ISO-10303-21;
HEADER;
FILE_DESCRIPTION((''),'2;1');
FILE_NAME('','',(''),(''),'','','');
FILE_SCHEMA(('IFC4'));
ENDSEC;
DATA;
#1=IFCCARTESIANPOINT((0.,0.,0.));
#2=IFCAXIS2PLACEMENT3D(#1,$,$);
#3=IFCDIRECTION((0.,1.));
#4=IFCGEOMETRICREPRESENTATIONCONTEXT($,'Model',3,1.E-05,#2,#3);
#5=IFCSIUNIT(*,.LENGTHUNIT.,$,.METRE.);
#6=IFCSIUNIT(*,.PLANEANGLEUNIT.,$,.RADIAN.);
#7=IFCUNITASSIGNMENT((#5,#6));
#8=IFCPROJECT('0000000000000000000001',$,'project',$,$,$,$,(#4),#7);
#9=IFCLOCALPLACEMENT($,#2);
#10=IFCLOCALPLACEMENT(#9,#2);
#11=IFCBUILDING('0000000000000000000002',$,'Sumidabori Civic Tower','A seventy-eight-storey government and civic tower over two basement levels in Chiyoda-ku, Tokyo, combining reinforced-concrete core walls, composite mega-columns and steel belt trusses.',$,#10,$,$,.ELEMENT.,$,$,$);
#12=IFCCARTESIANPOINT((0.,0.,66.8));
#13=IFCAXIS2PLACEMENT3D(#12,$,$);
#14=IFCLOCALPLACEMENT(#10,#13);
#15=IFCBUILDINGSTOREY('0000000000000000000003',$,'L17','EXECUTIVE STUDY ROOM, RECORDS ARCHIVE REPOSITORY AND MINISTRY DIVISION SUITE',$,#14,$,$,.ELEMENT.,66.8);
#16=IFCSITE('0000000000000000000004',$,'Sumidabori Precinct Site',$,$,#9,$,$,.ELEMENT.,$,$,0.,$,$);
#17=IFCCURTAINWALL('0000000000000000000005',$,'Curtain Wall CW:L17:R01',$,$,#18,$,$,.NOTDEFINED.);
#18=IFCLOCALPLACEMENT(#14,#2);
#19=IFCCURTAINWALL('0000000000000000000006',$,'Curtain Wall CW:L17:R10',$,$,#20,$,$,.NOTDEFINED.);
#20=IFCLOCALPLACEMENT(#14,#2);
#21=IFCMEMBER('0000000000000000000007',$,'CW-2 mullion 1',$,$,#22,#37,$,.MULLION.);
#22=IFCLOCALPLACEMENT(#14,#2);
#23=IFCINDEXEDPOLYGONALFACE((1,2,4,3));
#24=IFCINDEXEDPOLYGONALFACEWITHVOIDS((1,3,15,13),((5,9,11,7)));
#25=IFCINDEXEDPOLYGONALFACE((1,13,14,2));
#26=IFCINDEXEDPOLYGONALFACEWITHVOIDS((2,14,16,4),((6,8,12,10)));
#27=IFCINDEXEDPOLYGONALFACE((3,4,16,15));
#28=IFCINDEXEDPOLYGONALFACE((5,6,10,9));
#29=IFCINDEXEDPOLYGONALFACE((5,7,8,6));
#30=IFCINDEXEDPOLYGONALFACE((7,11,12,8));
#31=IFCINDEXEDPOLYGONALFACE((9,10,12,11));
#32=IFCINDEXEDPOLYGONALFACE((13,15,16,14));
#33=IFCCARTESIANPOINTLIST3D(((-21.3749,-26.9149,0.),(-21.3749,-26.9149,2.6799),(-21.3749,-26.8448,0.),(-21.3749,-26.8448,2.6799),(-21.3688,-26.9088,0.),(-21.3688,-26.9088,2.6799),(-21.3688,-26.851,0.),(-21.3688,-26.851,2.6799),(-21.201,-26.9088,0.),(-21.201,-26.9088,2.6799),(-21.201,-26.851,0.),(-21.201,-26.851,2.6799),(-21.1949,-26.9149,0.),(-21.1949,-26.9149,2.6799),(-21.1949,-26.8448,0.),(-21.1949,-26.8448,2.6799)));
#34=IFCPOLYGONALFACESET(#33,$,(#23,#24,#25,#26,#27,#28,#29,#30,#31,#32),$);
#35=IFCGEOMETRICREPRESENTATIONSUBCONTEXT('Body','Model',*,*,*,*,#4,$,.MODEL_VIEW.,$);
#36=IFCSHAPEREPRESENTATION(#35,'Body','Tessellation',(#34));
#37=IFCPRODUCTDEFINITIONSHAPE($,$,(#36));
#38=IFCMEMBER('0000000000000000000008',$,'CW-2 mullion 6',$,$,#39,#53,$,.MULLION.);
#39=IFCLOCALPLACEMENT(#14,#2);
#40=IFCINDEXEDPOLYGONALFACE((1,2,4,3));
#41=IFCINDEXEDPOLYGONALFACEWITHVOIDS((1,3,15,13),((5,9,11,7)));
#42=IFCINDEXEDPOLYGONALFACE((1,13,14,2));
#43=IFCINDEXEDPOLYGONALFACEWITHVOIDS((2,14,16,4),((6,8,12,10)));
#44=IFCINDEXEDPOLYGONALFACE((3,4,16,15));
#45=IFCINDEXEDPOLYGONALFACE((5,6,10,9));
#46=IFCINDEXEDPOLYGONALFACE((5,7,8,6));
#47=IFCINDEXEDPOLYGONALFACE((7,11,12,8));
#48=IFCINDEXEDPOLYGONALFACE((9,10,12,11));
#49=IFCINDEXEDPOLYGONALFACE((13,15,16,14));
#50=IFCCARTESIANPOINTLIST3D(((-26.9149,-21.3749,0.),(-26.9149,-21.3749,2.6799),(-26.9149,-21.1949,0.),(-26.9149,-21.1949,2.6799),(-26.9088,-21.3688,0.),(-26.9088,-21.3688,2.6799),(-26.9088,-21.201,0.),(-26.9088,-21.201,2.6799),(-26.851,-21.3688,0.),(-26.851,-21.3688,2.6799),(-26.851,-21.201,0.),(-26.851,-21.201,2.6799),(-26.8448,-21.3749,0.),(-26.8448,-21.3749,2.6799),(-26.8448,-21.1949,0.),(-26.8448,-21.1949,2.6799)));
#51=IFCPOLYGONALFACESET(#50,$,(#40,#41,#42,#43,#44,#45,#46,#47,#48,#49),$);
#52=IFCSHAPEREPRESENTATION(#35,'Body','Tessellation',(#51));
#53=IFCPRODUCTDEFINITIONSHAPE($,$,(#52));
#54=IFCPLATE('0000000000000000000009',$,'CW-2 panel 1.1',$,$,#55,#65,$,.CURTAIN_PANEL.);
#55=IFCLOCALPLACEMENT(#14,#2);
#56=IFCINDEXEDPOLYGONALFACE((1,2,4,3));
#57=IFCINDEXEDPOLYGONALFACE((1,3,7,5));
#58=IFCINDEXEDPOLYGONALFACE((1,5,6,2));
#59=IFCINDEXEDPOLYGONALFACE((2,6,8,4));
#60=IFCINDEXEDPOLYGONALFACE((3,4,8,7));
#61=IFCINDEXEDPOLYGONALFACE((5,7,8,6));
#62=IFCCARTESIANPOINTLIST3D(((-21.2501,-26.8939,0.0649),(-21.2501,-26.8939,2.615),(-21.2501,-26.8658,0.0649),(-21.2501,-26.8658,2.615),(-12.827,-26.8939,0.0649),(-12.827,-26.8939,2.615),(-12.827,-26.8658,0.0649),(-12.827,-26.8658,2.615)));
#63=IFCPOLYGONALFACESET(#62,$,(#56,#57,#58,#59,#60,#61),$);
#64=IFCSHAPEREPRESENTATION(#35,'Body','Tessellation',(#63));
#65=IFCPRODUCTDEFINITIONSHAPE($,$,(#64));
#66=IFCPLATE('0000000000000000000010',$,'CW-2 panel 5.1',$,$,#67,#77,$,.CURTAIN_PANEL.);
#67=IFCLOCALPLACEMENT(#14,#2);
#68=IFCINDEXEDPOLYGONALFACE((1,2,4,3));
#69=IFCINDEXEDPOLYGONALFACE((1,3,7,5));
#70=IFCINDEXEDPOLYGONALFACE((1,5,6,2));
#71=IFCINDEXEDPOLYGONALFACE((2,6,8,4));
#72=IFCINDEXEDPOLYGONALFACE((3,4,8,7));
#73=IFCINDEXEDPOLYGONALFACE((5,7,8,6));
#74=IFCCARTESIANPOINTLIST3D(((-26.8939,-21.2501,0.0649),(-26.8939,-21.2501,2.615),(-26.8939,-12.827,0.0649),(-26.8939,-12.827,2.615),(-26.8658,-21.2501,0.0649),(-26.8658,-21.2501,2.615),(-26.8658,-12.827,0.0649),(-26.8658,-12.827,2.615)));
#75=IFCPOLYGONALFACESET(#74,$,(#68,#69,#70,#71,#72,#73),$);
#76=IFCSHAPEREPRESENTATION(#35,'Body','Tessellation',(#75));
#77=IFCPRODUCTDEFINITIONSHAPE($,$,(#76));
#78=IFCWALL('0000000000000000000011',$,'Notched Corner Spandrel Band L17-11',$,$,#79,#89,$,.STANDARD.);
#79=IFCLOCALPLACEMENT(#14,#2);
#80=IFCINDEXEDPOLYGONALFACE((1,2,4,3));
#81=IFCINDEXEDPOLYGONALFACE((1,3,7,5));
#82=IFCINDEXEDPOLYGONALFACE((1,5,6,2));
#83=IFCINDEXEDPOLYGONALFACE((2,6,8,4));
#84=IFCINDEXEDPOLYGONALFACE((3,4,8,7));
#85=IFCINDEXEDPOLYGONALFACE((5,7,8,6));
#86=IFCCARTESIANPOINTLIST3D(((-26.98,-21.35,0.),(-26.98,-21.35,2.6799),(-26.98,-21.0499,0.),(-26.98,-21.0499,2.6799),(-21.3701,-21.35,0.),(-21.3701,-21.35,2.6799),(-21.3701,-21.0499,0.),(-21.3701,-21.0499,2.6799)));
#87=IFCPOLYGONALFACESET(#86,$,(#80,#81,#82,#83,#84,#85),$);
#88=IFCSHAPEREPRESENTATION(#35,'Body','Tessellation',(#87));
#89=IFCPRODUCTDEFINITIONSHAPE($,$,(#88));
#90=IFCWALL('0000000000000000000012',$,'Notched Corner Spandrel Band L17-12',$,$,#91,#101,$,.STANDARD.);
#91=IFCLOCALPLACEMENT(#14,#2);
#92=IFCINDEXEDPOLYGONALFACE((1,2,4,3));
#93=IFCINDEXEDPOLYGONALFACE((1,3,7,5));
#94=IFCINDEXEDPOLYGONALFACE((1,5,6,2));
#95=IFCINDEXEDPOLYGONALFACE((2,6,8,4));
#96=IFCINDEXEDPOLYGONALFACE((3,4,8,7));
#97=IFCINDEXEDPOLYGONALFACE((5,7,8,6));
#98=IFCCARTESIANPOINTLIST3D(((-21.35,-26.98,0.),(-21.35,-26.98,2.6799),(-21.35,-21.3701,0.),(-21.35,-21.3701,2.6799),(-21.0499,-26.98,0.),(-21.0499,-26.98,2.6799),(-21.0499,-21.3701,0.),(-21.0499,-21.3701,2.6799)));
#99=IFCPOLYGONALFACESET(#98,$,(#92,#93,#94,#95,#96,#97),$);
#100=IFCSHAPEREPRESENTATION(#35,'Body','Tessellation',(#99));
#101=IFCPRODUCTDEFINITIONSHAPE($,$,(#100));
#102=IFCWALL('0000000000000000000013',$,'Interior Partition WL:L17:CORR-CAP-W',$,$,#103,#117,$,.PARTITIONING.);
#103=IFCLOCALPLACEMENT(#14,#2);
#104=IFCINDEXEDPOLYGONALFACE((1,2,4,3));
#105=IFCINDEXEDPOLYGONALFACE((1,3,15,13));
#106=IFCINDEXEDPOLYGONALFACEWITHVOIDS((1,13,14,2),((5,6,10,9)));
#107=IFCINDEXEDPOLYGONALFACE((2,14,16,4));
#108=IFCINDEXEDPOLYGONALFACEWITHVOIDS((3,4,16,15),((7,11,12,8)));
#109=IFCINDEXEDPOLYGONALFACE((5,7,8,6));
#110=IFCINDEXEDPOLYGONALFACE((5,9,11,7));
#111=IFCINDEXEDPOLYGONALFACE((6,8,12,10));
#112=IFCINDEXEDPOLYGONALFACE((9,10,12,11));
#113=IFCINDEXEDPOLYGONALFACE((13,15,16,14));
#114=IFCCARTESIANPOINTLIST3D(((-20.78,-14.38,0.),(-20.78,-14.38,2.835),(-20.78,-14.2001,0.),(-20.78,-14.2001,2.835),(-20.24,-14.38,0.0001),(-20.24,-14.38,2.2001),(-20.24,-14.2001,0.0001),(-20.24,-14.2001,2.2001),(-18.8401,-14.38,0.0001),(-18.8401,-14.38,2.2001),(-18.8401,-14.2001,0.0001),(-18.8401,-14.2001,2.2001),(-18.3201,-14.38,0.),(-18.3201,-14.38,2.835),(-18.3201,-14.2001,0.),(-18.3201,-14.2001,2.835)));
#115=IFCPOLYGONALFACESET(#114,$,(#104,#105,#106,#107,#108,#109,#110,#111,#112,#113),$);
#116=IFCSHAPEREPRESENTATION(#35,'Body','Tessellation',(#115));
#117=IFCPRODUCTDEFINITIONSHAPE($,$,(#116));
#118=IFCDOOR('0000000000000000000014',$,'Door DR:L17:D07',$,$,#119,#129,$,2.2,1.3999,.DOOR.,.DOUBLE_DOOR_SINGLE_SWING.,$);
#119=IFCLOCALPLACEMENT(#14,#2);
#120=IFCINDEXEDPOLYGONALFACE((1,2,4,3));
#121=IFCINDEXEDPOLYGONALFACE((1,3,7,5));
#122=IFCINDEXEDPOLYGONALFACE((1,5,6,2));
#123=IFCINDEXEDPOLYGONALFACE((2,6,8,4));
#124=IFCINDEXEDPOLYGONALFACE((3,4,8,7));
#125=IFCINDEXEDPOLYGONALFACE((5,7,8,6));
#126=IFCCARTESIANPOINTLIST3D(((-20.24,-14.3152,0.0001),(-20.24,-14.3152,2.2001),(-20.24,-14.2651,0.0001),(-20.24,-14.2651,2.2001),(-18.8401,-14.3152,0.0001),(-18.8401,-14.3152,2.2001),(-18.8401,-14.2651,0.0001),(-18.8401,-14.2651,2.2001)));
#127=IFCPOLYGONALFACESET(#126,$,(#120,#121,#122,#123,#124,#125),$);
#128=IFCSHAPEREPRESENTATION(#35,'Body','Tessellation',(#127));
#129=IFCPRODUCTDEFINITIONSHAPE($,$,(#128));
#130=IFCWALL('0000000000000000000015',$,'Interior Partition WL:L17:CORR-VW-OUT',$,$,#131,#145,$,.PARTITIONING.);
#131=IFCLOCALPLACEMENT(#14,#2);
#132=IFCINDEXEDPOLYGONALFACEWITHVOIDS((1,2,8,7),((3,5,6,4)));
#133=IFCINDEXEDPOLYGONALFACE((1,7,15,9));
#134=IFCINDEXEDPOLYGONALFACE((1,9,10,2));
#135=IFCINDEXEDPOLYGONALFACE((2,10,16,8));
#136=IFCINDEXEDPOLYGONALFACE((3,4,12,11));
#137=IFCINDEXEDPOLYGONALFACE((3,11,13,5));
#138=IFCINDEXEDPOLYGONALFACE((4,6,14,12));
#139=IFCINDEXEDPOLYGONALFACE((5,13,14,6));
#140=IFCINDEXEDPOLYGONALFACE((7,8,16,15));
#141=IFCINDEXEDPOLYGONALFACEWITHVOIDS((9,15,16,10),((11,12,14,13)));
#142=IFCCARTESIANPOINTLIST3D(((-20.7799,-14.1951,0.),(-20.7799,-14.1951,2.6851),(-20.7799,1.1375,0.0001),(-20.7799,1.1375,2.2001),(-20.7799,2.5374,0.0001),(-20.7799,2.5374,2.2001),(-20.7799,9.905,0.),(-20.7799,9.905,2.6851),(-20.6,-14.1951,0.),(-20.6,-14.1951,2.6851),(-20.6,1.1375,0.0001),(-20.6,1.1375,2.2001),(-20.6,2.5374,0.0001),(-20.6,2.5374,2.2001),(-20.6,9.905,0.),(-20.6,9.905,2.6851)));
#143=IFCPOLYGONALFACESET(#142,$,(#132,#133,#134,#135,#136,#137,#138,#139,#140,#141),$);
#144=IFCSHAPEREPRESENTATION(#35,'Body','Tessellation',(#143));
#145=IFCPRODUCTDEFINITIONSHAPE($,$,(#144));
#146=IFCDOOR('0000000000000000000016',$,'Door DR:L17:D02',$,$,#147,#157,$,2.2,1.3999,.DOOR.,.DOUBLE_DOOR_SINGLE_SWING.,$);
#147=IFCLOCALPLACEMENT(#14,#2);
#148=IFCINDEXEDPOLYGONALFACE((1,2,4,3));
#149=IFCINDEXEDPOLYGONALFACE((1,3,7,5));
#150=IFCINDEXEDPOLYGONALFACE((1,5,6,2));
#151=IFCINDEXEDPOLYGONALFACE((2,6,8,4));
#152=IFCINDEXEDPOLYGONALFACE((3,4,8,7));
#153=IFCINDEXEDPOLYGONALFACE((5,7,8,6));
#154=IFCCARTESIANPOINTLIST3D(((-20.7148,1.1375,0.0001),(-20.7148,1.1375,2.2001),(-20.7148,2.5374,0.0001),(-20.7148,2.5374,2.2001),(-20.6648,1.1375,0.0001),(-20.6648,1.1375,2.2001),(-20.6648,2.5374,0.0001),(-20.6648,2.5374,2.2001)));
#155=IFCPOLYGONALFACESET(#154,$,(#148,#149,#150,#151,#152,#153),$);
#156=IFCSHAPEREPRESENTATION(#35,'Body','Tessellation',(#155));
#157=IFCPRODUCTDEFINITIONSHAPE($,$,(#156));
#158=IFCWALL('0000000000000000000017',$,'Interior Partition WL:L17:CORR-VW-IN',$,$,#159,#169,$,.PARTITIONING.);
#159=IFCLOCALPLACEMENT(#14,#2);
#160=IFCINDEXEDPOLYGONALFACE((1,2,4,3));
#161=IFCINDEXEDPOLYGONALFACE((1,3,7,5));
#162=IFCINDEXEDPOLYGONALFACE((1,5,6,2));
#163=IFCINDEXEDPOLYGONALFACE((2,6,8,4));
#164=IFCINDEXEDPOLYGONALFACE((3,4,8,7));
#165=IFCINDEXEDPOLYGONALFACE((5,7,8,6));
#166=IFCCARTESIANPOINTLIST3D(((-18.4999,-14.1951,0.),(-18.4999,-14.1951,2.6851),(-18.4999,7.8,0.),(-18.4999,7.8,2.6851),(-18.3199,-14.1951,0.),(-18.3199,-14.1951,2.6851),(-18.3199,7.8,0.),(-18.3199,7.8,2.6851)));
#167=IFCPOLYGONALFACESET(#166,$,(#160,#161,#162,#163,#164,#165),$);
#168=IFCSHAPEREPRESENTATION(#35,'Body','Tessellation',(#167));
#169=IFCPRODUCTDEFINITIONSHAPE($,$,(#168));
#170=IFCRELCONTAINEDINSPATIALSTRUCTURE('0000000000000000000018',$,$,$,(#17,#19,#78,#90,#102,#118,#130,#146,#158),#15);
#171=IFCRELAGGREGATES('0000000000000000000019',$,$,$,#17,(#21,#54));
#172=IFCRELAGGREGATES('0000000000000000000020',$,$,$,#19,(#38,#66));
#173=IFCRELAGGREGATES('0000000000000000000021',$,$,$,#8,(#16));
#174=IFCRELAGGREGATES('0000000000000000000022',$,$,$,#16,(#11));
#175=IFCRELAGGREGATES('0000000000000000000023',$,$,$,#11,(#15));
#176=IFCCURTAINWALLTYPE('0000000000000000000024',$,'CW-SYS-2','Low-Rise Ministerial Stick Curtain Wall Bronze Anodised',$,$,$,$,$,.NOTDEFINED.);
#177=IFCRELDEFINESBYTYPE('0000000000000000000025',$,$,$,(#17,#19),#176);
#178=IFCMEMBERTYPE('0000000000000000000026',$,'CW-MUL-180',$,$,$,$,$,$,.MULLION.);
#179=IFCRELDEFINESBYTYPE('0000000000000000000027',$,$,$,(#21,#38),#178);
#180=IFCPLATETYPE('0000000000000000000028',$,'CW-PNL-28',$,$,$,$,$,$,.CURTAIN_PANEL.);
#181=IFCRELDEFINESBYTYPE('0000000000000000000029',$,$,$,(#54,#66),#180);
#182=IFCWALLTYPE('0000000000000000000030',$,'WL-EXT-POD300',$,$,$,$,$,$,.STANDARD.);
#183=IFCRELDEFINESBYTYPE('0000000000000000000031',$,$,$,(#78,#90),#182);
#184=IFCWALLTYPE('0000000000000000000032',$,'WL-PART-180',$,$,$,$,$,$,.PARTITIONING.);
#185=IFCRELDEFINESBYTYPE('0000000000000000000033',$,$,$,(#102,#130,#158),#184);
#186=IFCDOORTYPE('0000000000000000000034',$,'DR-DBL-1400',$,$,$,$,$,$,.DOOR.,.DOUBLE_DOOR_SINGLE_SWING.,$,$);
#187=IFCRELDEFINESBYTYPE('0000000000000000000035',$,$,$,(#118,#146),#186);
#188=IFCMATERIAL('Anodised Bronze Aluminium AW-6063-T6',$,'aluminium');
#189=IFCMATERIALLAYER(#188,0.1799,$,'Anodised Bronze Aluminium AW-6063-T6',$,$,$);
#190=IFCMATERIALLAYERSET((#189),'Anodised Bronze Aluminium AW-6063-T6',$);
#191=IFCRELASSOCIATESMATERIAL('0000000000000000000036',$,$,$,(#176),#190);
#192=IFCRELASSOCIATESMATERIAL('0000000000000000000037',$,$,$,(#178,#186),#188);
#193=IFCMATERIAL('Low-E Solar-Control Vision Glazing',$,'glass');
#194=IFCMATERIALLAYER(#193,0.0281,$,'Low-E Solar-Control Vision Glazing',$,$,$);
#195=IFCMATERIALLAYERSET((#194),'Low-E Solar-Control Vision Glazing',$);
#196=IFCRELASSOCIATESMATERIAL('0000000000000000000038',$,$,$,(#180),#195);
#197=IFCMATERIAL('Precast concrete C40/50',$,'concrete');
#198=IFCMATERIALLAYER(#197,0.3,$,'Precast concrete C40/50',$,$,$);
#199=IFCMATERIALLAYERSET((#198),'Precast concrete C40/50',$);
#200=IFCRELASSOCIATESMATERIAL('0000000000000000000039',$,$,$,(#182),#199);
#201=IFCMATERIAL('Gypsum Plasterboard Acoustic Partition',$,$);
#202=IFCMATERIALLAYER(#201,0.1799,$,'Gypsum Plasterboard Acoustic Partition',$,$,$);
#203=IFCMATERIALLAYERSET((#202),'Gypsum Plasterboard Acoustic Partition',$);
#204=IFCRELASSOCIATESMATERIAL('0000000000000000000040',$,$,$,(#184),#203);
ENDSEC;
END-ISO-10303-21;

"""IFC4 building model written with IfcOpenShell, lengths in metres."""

from ifc_helpers import new_model, si_unit, direction, frame, frame_2d, origin, origin_2d, place, context, subcontext, project, spatial, rectangle, hollow_rectangle, extrude, source, transform, mapped, material, layer, layer_set, material_profile, profile_set, type_object, element, fill, aggregate, save


model = new_model("IFC4")

# Units and contexts
model_context = context("Model", 3, precision=1e-05, world=origin(), true_north=direction((0.0, 1.0)))
body_context = subcontext(model_context, "Body", "Model", "MODEL_VIEW")
ifc_project = project(units=[si_unit("LENGTHUNIT", "METRE"), si_unit("PLANEANGLEUNIT", "RADIAN")], contexts=[model_context])

# Site, building, storey
site_placement = place(None, origin())
site = spatial("IfcSite", under=ifc_project, at=site_placement, Name="Sumidabori Precinct Site", CompositionType="ELEMENT", RefElevation=0.0)
building_placement = place(site_placement, origin())
building = spatial("IfcBuilding", under=site, at=building_placement, Name="Sumidabori Civic Tower", Description="A seventy-eight-storey government and civic tower over two basement levels in Chiyoda-ku, Tokyo, combining reinforced-concrete core walls, composite mega-columns and steel belt trusses.", CompositionType="ELEMENT")
storey_placement = place(building_placement, frame((0.0, 0.0, 66.8)))
storey = spatial("IfcBuildingStorey", under=building, at=storey_placement, Name="L17", Description="EXECUTIVE STUDY ROOM, RECORDS ARCHIVE REPOSITORY AND MINISTRY DIVISION SUITE", CompositionType="ELEMENT", Elevation=66.8)

# Curtain walls
ifc_material_1 = material(Name="Anodised Bronze Aluminium AW-6063-T6", Category="aluminium")
ifc_layer_1 = layer(ifc_material_1, 0.1799, Name="Anodised Bronze Aluminium AW-6063-T6")
ifc_layer_set_1 = layer_set([ifc_layer_1], Name="Anodised Bronze Aluminium AW-6063-T6")
curtain_wall_type = type_object("IfcCurtainWallType", Name="CW-SYS-2", Description="Low-Rise Ministerial Stick Curtain Wall Bronze Anodised", PredefinedType="NOTDEFINED", material=ifc_layer_set_1)
curtain_wall_1_placement = place(storey_placement, origin())
curtain_wall_1 = element("IfcCurtainWall", 1, at=curtain_wall_1_placement, inside=storey, type_object=curtain_wall_type, Name="Curtain Wall CW:L17:R01", PredefinedType="NOTDEFINED")
curtain_wall_2_placement = place(storey_placement, origin())
curtain_wall_2 = element("IfcCurtainWall", 2, at=curtain_wall_2_placement, inside=storey, type_object=curtain_wall_type, Name="Curtain Wall CW:L17:R10", PredefinedType="NOTDEFINED")

# Members
ifc_material_profile_1 = material_profile(ifc_material_1, hollow_rectangle(XDim=0.0701, YDim=0.1799, WallThickness=0.0061, at=origin_2d()), Name="ALU MULLION 180x70")
ifc_profile_set_1 = profile_set([ifc_material_profile_1], Name="Anodised Bronze Aluminium AW-6063-T6")
member_type_1 = type_object("IfcMemberType", Name="CW-MUL-180", PredefinedType="MULLION", material=ifc_profile_set_1)
shared_shape_1 = source(origin(), body_context, "Body", "SweptSolid", [
    extrude(hollow_rectangle(XDim=0.0701, YDim=0.1799, WallThickness=0.0061, at=origin_2d()), origin(), (0.0, 0.0, 1.0), 2.6799),
])
member_1_placement = place(storey_placement, frame((-21.2849, -26.8799, 0.0), z_axis=(0.0, 0.0, 1.0), x_axis=(0.0, 1.0, 0.0)))
member_1 = element("IfcMember", 3, at=member_1_placement, type_object=member_type_1, Name="CW-2 mullion 1", PredefinedType="MULLION", context=body_context, shape_type="MappedRepresentation", body=[
    mapped(shared_shape_1, transform((0.0, 0.0, 0.0), x_axis=(1.0, 0.0, 0.0), y_axis=(0.0, 1.0, 0.0), z_axis=(0.0, 0.0, 1.0), scale=1.0)),
])
member_2_placement = place(storey_placement, frame((-26.8799, -21.2849, 0.0), z_axis=(0.0, 0.0, 1.0), x_axis=(1.0, 0.0, 0.0)))
member_2 = element("IfcMember", 4, at=member_2_placement, type_object=member_type_1, Name="CW-2 mullion 6", PredefinedType="MULLION", context=body_context, shape_type="MappedRepresentation", body=[
    mapped(shared_shape_1, transform((0.0, 0.0, 0.0), x_axis=(1.0, 0.0, 0.0), y_axis=(0.0, 1.0, 0.0), z_axis=(0.0, 0.0, 1.0), scale=1.0)),
])

# Plates
ifc_material_2 = material(Name="Low-E Solar-Control Vision Glazing", Category="glass")
ifc_layer_2 = layer(ifc_material_2, 0.0281, Name="Low-E Solar-Control Vision Glazing")
ifc_layer_set_2 = layer_set([ifc_layer_2], Name="Low-E Solar-Control Vision Glazing")
plate_type = type_object("IfcPlateType", Name="CW-PNL-28", PredefinedType="CURTAIN_PANEL", material=ifc_layer_set_2)
shared_shape_2 = source(origin(), body_context, "Body", "SweptSolid", [
    extrude(rectangle(XDim=8.4231, YDim=0.0281, at=origin_2d()), origin(), (0.0, 0.0, 1.0), 2.55),
])
plate_1_placement = place(storey_placement, frame((-17.0386, -26.8799, 0.0649), z_axis=(0.0, 0.0, 1.0), x_axis=(1.0, 0.0, 0.0)))
plate_1 = element("IfcPlate", 5, at=plate_1_placement, type_object=plate_type, Name="CW-2 panel 1.1", PredefinedType="CURTAIN_PANEL", context=body_context, shape_type="MappedRepresentation", body=[
    mapped(shared_shape_2, transform((0.0, 0.0, 0.0), x_axis=(1.0, 0.0, 0.0), y_axis=(0.0, 1.0, 0.0), z_axis=(0.0, 0.0, 1.0), scale=1.0)),
])
aggregate(curtain_wall_1, [member_1, plate_1])
plate_2_placement = place(storey_placement, frame((-26.8799, -17.0386, 0.0649), z_axis=(0.0, 0.0, 1.0), x_axis=(0.0, -1.0, 0.0)))
plate_2 = element("IfcPlate", 6, at=plate_2_placement, type_object=plate_type, Name="CW-2 panel 5.1", PredefinedType="CURTAIN_PANEL", context=body_context, shape_type="MappedRepresentation", body=[
    mapped(shared_shape_2, transform((0.0, 0.0, 0.0), x_axis=(1.0, 0.0, 0.0), y_axis=(0.0, 1.0, 0.0), z_axis=(0.0, 0.0, 1.0), scale=1.0)),
])
aggregate(curtain_wall_2, [member_2, plate_2])

# Walls
ifc_material_3 = material(Name="Precast concrete C40/50", Category="concrete")
ifc_layer_3 = layer(ifc_material_3, 0.3, Name="Precast concrete C40/50")
ifc_layer_set_3 = layer_set([ifc_layer_3], Name="Precast concrete C40/50")
wall_type_1 = type_object("IfcWallType", Name="WL-EXT-POD300", PredefinedType="STANDARD", material=ifc_layer_set_3)
shared_shape_3 = source(origin(), body_context, "Body", "SweptSolid", [
    extrude(rectangle(XDim=5.6099, YDim=0.3, at=frame_2d((2.8049, 0.0))), origin(), (0.0, 0.0, 1.0), 2.6799),
])
for number, where, z_axis, x_axis, name in (
    (7, (-26.98, -21.2, 0.0), (0.0, 0.0, 1.0), (1.0, 0.0, 0.0), "Notched Corner Spandrel Band L17-11"),
    (8, (-21.2, -21.3701, 0.0), (0.0, 0.0, 1.0), (0.0, -1.0, 0.0), "Notched Corner Spandrel Band L17-12"),
):
    element("IfcWall", number, at=place(storey_placement, frame(where, z_axis=z_axis, x_axis=x_axis)), inside=storey, type_object=wall_type_1, Name=name, PredefinedType="STANDARD", context=body_context, shape_type="MappedRepresentation", body=[
        mapped(shared_shape_3, transform((0.0, 0.0, 0.0), x_axis=(1.0, 0.0, 0.0), y_axis=(0.0, 1.0, 0.0), z_axis=(0.0, 0.0, 1.0), scale=1.0)),
    ])

# Walls, openings, doors
ifc_material_4 = material(Name="Gypsum Plasterboard Acoustic Partition")
ifc_layer_4 = layer(ifc_material_4, 0.1799, Name="Gypsum Plasterboard Acoustic Partition")
ifc_layer_set_4 = layer_set([ifc_layer_4], Name="Gypsum Plasterboard Acoustic Partition")
wall_type_2 = type_object("IfcWallType", Name="WL-PART-180", PredefinedType="PARTITIONING", material=ifc_layer_set_4)
shared_shape_4 = source(origin(), body_context, "Body", "SweptSolid", [
    extrude(rectangle(XDim=2.46, YDim=0.1799, at=frame_2d((1.23, 0.0))), origin(), (0.0, 0.0, 1.0), 2.835),
])
wall_1_placement = place(storey_placement, frame((-20.78, -14.29, 0.0), z_axis=(0.0, 0.0, 1.0), x_axis=(1.0, 0.0, 0.0)))
wall_1 = element("IfcWall", 9, at=wall_1_placement, inside=storey, type_object=wall_type_2, Name="Interior Partition WL:L17:CORR-CAP-W", PredefinedType="PARTITIONING", context=body_context, shape_type="MappedRepresentation", body=[
    mapped(shared_shape_4, transform((0.0, 0.0, 0.0), x_axis=(1.0, 0.0, 0.0), y_axis=(0.0, 1.0, 0.0), z_axis=(0.0, 0.0, 1.0), scale=1.0)),
])
opening_1_placement = place(wall_1_placement, frame((0.54, 0.0, 0.0)))
opening_1 = element("IfcOpeningElement", 10, at=opening_1_placement, cuts=wall_1, PredefinedType="OPENING", context=body_context, shape_type="SweptSolid", body=[
    extrude(rectangle(XDim=1.3999, YDim=2.2, at=frame_2d((0.7, 1.1001))), frame((0.0, 0.1021, 0.0), z_axis=(0.0, -1.0, 0.0), x_axis=(1.0, 0.0, 0.0)), (0.0, 0.0, 1.0), 0.2039),
])
door_type = type_object("IfcDoorType", Name="DR-DBL-1400", OperationType="DOUBLE_DOOR_SINGLE_SWING", PredefinedType="DOOR", material=ifc_material_1)
shared_shape_5 = source(origin(), body_context, "Body", "SweptSolid", [
    extrude(rectangle(XDim=1.3999, YDim=2.2, at=frame_2d((0.7, 1.1001))), frame((0.0, 0.0249, 0.0), z_axis=(0.0, -1.0, 0.0), x_axis=(1.0, 0.0, 0.0)), (0.0, 0.0, 1.0), 0.05),
])
door_1_placement = place(opening_1_placement, origin())
door_1 = element("IfcDoor", 11, at=door_1_placement, inside=storey, type_object=door_type, Name="Door DR:L17:D07", OperationType="DOUBLE_DOOR_SINGLE_SWING", OverallHeight=2.2, OverallWidth=1.3999, PredefinedType="DOOR", context=body_context, shape_type="MappedRepresentation", body=[
    mapped(shared_shape_5, transform((0.0, 0.0, 0.0), x_axis=(1.0, 0.0, 0.0), y_axis=(0.0, 1.0, 0.0), z_axis=(0.0, 0.0, 1.0), scale=1.0)),
])
fill(opening_1, door_1)
shared_shape_6 = source(origin(), body_context, "Body", "SweptSolid", [
    extrude(rectangle(XDim=24.1001, YDim=0.1799, at=frame_2d((12.05, 0.0))), origin(), (0.0, 0.0, 1.0), 2.6851),
])
wall_2_placement = place(storey_placement, frame((-20.6899, -14.1951, 0.0), z_axis=(0.0, 0.0, 1.0), x_axis=(0.0, 1.0, 0.0)))
wall_2 = element("IfcWall", 12, at=wall_2_placement, inside=storey, type_object=wall_type_2, Name="Interior Partition WL:L17:CORR-VW-OUT", PredefinedType="PARTITIONING", context=body_context, shape_type="MappedRepresentation", body=[
    mapped(shared_shape_6, transform((0.0, 0.0, 0.0), x_axis=(1.0, 0.0, 0.0), y_axis=(0.0, 1.0, 0.0), z_axis=(0.0, 0.0, 1.0), scale=1.0)),
])
opening_2_placement = place(wall_2_placement, frame((15.3325, 0.0, 0.0)))
opening_2 = element("IfcOpeningElement", 13, at=opening_2_placement, cuts=wall_2, PredefinedType="OPENING", context=body_context, shape_type="SweptSolid", body=[
    extrude(rectangle(XDim=1.3999, YDim=2.2, at=frame_2d((0.7, 1.1001))), frame((0.0, 0.1021, 0.0), z_axis=(0.0, -1.0, 0.0), x_axis=(1.0, 0.0, 0.0)), (0.0, 0.0, 1.0), 0.2039),
])
door_2_placement = place(opening_2_placement, origin())
door_2 = element("IfcDoor", 14, at=door_2_placement, inside=storey, type_object=door_type, Name="Door DR:L17:D02", OperationType="DOUBLE_DOOR_SINGLE_SWING", OverallHeight=2.2, OverallWidth=1.3999, PredefinedType="DOOR", context=body_context, shape_type="MappedRepresentation", body=[
    mapped(shared_shape_5, transform((0.0, 0.0, 0.0), x_axis=(1.0, 0.0, 0.0), y_axis=(0.0, 1.0, 0.0), z_axis=(0.0, 0.0, 1.0), scale=1.0)),
])
fill(opening_2, door_2)

# Wall
shared_shape_7 = source(origin(), body_context, "Body", "SweptSolid", [
    extrude(rectangle(XDim=21.9951, YDim=0.1799, at=frame_2d((10.9976, 0.0))), origin(), (0.0, 0.0, 1.0), 2.6851),
])
wall_3_placement = place(storey_placement, frame((-18.4099, -14.1951, 0.0), z_axis=(0.0, 0.0, 1.0), x_axis=(0.0, 1.0, 0.0)))
element("IfcWall", 15, at=wall_3_placement, inside=storey, type_object=wall_type_2, Name="Interior Partition WL:L17:CORR-VW-IN", PredefinedType="PARTITIONING", context=body_context, shape_type="MappedRepresentation", body=[
    mapped(shared_shape_7, transform((0.0, 0.0, 0.0), x_axis=(1.0, 0.0, 0.0), y_axis=(0.0, 1.0, 0.0), z_axis=(0.0, 0.0, 1.0), scale=1.0)),
])

save(model, "model.ifc")
